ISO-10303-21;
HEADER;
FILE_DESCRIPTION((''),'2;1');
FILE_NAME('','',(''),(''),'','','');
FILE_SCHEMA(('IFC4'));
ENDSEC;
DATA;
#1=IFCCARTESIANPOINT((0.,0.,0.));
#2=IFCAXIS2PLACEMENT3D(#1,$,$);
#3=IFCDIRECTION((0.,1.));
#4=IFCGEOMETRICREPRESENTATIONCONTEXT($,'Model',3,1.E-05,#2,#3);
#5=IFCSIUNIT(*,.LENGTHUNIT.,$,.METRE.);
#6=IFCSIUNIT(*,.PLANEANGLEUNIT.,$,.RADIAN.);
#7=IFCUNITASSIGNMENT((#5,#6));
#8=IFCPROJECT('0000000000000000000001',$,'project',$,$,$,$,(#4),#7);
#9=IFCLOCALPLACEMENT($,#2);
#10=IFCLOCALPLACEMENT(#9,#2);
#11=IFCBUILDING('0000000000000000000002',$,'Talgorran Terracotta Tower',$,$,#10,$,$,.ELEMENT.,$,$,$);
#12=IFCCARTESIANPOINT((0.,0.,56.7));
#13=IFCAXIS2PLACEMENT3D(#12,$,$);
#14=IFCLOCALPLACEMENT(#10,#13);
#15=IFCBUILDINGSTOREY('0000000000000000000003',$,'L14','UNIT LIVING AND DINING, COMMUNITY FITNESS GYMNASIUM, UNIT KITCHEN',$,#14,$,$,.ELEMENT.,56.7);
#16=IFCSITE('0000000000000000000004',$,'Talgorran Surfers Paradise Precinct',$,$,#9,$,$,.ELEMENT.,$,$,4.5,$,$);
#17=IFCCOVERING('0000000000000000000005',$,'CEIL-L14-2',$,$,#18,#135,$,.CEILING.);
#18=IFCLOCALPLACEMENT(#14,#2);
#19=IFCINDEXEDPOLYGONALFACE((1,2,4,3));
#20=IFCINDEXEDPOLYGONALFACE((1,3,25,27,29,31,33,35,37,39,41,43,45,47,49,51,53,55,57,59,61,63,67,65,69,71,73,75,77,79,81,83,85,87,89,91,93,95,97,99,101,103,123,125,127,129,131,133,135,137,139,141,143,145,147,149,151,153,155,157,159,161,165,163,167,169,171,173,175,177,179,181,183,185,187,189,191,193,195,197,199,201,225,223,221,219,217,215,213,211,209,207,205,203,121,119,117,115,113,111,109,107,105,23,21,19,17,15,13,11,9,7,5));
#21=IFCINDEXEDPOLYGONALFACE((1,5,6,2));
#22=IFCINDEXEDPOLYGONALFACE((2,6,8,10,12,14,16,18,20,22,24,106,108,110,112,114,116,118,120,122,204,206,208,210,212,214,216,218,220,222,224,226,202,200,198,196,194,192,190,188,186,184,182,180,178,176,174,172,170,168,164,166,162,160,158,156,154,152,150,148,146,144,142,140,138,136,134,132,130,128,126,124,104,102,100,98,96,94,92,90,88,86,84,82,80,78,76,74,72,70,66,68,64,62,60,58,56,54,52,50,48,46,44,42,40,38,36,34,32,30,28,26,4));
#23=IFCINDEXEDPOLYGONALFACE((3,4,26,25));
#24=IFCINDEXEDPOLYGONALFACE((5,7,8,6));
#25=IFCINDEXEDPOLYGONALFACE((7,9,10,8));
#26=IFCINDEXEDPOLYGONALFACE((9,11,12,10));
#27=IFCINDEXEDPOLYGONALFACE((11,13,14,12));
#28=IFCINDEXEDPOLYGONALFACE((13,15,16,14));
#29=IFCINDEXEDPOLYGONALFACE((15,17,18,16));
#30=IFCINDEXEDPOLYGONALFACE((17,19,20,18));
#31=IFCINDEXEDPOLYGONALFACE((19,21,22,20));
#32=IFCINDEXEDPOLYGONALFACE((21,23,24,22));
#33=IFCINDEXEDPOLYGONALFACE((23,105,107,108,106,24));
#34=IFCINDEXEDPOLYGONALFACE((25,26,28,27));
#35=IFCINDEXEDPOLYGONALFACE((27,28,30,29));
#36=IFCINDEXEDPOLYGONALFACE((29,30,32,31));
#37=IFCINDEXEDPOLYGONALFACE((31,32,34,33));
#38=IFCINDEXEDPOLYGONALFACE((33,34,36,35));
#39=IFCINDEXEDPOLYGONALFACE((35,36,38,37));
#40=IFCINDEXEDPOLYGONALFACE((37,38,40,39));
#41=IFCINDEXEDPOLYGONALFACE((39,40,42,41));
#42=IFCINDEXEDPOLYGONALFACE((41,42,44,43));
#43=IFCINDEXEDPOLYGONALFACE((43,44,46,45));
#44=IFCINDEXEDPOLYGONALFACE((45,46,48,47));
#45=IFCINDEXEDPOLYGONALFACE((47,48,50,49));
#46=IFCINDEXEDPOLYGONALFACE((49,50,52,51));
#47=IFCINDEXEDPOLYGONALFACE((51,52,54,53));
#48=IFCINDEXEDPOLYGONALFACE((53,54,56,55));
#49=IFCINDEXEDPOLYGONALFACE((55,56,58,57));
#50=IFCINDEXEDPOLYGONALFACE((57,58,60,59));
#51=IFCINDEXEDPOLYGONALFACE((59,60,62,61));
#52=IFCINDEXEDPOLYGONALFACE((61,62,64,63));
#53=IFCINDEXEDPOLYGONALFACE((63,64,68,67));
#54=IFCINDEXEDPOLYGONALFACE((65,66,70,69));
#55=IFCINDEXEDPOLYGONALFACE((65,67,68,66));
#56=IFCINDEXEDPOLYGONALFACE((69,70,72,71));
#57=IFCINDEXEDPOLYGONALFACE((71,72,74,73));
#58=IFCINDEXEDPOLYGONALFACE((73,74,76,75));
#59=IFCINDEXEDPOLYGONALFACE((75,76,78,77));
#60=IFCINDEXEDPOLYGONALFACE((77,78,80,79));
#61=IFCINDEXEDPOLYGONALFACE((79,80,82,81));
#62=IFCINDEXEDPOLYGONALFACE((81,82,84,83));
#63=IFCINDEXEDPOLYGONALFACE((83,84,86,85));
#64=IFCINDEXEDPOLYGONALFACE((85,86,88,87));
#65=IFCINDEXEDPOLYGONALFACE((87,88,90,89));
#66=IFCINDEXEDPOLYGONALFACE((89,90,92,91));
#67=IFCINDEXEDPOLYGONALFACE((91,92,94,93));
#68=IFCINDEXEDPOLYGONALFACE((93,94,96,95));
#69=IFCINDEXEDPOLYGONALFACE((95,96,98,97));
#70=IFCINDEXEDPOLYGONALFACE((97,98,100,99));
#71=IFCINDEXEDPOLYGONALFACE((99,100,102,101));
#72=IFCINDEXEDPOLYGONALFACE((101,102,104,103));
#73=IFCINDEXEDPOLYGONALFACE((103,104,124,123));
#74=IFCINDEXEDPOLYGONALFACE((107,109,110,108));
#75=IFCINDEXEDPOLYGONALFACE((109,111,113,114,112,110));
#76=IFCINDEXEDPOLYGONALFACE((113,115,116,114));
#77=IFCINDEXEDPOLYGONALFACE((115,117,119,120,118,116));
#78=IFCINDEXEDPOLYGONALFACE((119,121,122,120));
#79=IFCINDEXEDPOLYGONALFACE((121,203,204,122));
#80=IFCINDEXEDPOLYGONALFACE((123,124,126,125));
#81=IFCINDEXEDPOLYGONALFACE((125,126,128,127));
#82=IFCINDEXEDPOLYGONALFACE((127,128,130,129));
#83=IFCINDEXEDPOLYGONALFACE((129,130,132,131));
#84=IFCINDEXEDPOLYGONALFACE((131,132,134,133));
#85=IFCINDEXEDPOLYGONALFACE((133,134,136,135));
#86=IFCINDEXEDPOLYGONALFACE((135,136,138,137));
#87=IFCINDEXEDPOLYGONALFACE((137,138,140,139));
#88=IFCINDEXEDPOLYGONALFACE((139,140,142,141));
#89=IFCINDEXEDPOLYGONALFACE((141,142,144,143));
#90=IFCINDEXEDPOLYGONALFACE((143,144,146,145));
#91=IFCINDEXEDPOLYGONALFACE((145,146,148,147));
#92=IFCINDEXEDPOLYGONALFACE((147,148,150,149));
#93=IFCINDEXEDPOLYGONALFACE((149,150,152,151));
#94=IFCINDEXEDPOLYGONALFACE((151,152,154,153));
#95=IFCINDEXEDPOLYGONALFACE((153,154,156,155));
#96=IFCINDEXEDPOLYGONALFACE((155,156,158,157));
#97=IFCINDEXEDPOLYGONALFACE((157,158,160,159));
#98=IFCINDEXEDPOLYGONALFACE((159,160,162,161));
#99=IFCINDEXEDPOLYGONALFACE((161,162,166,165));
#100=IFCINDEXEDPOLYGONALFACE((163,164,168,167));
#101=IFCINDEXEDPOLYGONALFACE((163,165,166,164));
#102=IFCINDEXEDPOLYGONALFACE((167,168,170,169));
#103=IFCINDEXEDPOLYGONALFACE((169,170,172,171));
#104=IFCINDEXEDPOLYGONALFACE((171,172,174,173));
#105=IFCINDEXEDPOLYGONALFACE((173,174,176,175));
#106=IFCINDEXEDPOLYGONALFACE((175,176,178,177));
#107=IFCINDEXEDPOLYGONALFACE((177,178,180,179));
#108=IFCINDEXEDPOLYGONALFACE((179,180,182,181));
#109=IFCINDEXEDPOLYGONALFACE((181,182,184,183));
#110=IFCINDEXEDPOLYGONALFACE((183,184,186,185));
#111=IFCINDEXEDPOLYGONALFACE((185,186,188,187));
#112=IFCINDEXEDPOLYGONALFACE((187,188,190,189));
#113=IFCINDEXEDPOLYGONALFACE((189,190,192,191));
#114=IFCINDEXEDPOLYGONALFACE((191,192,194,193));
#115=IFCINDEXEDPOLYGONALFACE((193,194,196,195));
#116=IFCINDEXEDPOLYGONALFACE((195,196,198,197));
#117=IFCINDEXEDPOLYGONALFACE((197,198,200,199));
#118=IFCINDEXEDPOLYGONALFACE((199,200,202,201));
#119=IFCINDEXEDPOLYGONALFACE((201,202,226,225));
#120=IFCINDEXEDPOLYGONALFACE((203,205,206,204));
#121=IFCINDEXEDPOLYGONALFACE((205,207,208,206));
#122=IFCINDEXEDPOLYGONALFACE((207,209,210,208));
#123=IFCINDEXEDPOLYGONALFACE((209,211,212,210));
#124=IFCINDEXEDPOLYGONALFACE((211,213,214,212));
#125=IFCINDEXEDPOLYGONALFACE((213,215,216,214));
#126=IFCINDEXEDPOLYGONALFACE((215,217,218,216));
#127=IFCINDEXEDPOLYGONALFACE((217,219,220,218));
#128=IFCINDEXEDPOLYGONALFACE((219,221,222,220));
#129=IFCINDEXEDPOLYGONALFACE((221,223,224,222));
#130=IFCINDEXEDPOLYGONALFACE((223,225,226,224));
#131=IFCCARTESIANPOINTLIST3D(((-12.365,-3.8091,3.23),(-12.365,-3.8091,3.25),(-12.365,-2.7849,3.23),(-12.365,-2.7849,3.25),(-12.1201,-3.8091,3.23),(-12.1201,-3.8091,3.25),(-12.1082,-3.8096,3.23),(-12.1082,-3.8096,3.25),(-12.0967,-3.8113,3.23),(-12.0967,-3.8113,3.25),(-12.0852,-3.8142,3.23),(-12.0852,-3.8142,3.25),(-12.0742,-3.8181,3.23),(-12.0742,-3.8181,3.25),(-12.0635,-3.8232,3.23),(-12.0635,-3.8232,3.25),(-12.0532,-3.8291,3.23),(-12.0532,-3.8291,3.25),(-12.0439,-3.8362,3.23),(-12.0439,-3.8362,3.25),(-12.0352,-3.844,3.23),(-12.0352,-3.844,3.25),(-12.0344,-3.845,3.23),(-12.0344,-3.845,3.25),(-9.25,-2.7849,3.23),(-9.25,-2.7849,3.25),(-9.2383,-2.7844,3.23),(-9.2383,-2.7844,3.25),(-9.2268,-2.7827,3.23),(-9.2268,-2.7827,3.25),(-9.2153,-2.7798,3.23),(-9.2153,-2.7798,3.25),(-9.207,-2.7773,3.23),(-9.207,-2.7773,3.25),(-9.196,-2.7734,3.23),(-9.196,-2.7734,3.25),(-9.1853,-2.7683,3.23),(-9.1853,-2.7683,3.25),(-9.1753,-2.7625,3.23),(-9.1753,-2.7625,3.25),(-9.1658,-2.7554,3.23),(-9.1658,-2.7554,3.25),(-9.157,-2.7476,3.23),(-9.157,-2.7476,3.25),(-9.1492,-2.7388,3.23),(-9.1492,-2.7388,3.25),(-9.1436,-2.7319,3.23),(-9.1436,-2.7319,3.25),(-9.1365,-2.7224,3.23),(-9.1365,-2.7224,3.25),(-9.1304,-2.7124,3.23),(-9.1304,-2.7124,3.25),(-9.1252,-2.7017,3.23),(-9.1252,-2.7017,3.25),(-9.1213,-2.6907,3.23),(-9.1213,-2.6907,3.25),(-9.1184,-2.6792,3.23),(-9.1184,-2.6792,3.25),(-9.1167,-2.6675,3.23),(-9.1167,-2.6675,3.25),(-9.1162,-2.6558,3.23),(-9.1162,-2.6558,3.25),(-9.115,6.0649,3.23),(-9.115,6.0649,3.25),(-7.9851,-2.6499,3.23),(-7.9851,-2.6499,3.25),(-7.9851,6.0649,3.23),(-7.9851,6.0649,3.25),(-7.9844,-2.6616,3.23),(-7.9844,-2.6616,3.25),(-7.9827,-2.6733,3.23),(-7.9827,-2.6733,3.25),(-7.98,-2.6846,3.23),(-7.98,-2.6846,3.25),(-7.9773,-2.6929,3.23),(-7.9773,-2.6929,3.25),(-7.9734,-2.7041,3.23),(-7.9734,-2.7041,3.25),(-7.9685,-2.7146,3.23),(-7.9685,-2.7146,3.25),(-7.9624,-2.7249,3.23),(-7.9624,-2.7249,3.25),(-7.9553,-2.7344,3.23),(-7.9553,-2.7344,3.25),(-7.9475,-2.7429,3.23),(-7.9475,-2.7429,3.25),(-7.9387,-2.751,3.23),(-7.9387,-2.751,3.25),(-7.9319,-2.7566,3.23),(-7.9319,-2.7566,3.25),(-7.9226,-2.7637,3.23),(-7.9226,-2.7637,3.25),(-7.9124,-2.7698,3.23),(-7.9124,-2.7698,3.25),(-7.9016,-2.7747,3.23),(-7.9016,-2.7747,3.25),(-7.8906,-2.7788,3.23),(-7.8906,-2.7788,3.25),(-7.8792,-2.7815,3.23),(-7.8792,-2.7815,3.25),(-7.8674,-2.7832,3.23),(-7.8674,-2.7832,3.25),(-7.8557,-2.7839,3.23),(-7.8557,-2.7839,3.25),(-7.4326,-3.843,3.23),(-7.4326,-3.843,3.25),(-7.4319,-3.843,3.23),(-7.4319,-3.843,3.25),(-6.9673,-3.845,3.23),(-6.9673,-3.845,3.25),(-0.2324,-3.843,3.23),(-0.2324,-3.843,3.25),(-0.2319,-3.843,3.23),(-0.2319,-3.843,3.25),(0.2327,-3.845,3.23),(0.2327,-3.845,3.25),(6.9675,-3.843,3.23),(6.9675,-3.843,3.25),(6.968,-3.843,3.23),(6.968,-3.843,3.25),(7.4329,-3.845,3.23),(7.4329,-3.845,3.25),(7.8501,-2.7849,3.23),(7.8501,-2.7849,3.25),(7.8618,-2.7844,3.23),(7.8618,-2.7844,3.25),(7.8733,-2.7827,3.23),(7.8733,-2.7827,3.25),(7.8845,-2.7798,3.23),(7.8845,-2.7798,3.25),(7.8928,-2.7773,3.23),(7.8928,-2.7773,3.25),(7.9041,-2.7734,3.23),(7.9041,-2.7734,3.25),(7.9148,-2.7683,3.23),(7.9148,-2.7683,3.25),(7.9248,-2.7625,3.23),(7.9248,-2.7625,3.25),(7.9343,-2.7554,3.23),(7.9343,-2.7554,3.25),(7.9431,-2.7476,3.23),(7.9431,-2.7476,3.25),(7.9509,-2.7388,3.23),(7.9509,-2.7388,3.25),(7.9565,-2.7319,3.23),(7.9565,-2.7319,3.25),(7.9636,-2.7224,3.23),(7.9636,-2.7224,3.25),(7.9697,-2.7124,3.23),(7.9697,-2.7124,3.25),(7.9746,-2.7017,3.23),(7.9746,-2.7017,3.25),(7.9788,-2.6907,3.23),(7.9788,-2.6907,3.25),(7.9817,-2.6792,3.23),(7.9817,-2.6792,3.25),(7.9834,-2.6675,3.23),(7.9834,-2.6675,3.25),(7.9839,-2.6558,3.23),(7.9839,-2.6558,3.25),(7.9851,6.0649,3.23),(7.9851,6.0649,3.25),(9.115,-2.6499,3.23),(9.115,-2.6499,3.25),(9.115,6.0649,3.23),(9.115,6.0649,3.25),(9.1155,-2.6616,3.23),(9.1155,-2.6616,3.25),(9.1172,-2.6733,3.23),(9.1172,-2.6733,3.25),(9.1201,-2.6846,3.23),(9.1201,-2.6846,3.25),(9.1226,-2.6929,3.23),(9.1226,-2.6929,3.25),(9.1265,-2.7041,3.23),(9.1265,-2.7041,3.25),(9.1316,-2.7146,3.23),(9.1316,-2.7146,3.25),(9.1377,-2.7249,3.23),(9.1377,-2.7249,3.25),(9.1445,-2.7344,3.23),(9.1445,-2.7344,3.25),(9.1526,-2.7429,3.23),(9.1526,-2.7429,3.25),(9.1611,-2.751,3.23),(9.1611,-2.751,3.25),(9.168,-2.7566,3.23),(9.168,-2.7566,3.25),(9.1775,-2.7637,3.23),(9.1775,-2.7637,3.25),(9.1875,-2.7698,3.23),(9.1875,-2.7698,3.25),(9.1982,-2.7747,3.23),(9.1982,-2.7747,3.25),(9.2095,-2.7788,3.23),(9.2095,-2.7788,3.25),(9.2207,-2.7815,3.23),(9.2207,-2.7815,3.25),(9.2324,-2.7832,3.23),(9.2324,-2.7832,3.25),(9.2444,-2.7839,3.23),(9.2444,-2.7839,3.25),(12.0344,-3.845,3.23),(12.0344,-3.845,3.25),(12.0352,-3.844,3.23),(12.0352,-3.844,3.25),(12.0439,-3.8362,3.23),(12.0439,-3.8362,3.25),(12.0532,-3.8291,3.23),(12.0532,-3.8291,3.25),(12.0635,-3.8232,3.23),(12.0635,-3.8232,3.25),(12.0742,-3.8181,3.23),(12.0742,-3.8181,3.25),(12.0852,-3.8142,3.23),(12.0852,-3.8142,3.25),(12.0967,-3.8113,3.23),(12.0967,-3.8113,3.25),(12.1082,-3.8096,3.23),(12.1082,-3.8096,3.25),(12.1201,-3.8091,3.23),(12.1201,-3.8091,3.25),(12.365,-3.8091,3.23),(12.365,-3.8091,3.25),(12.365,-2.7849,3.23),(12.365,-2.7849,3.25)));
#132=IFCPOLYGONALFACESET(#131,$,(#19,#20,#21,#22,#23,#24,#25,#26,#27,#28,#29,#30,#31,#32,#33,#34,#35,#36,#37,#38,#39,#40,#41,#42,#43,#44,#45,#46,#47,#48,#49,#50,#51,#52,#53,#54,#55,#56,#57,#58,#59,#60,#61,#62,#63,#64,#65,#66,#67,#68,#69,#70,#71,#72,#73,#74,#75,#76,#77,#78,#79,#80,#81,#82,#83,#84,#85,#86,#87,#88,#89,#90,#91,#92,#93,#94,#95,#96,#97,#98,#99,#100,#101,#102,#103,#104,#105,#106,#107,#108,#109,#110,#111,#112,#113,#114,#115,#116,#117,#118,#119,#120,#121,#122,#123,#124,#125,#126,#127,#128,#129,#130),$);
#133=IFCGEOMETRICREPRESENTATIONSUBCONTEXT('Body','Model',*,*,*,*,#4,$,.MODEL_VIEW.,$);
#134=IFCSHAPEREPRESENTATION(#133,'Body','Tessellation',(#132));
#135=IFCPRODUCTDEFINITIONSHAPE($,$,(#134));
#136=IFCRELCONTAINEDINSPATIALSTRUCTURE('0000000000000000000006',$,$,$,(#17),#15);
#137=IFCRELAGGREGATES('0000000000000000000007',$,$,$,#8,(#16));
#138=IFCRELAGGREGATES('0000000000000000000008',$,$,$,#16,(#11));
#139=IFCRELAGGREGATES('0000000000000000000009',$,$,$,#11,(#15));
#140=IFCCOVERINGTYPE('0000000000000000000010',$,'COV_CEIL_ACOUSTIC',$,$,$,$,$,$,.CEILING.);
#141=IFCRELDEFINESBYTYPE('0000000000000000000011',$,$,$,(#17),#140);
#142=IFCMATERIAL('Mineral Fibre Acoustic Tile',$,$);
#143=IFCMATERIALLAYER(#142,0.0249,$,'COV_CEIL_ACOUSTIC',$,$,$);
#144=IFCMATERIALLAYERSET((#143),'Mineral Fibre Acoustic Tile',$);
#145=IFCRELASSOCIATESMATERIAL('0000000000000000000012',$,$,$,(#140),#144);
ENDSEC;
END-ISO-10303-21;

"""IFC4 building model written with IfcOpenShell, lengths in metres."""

from ifc_helpers import new_model, si_unit, direction, frame, origin, place, context, subcontext, project, spatial, polyline, outline, extrude, material, layer, layer_set, type_object, element, save


model = new_model("IFC4")

# Units and contexts
model_context = context("Model", 3, precision=1e-05, world=origin(), true_north=direction((0.0, 1.0)))
body_context = subcontext(model_context, "Body", "Model", "MODEL_VIEW")
ifc_project = project(units=[si_unit("LENGTHUNIT", "METRE"), si_unit("PLANEANGLEUNIT", "RADIAN")], contexts=[model_context])

# Site, building, storey
site_placement = place(None, origin())
site = spatial("IfcSite", under=ifc_project, at=site_placement, Name="Talgorran Surfers Paradise Precinct", CompositionType="ELEMENT", RefElevation=4.5)
building_placement = place(site_placement, origin())
building = spatial("IfcBuilding", under=site, at=building_placement, Name="Talgorran Terracotta Tower", CompositionType="ELEMENT")
storey_placement = place(building_placement, frame((0.0, 0.0, 56.7)))
storey = spatial("IfcBuildingStorey", under=building, at=storey_placement, Name="L14", Description="UNIT LIVING AND DINING, COMMUNITY FITNESS GYMNASIUM, UNIT KITCHEN", CompositionType="ELEMENT", Elevation=56.7)

# Covering
ifc_material_1 = material(Name="Mineral Fibre Acoustic Tile")
ifc_layer_1 = layer(ifc_material_1, 0.0249, Name="COV_CEIL_ACOUSTIC")
ifc_layer_set_1 = layer_set([ifc_layer_1], Name="Mineral Fibre Acoustic Tile")
covering_type_1 = type_object("IfcCoveringType", Name="COV_CEIL_ACOUSTIC", PredefinedType="CEILING", material=ifc_layer_set_1)
covering_1_placement = place(storey_placement, frame((0.0, 0.0, 3.23)))
element("IfcCovering", 1, at=covering_1_placement, inside=storey, type_object=covering_type_1, Name="CEIL-L14-2", PredefinedType="CEILING", context=body_context, shape_type="SweptSolid", body=[
    extrude(outline(polyline([(-12.365, -2.7849), (-9.25, -2.7849), (-9.2383, -2.7844), (-9.2268, -2.7827), (-9.2153, -2.7798), (-9.207, -2.7773), (-9.196, -2.7734), (-9.1853, -2.7683), (-9.1753, -2.7625), (-9.1658, -2.7554), (-9.157, -2.7476), (-9.1492, -2.7388), (-9.1436, -2.7319), (-9.1365, -2.7224), (-9.1304, -2.7124), (-9.1252, -2.7017), (-9.1213, -2.6907), (-9.1184, -2.6792), (-9.1167, -2.6675), (-9.1162, -2.6558), (-9.115, 6.0649), (-7.9851, 6.0649), (-7.9851, -2.6499), (-7.9844, -2.6616), (-7.9827, -2.6733), (-7.98, -2.6846), (-7.9773, -2.6929), (-7.9734, -2.7041), (-7.9685, -2.7146), (-7.9624, -2.7249), (-7.9553, -2.7344), (-7.9475, -2.7429), (-7.9387, -2.751), (-7.9319, -2.7566), (-7.9226, -2.7637), (-7.9124, -2.7698), (-7.9016, -2.7747), (-7.8906, -2.7788), (-7.8792, -2.7815), (-7.8674, -2.7832), (-7.8557, -2.7839), (7.8501, -2.7849), (7.8618, -2.7844), (7.8733, -2.7827), (7.8845, -2.7798), (7.8928, -2.7773), (7.9041, -2.7734), (7.9148, -2.7683), (7.9248, -2.7625), (7.9343, -2.7554), (7.9431, -2.7476), (7.9509, -2.7388), (7.9565, -2.7319), (7.9636, -2.7224), (7.9697, -2.7124), (7.9746, -2.7017), (7.9788, -2.6907), (7.9817, -2.6792), (7.9834, -2.6675), (7.9839, -2.6558), (7.9851, 6.0649), (9.115, 6.0649), (9.115, -2.6499), (9.1155, -2.6616), (9.1172, -2.6733), (9.1201, -2.6846), (9.1226, -2.6929), (9.1265, -2.7041), (9.1316, -2.7146), (9.1377, -2.7249), (9.1445, -2.7344), (9.1526, -2.7429), (9.1611, -2.751), (9.168, -2.7566), (9.1775, -2.7637), (9.1875, -2.7698), (9.1982, -2.7747), (9.2095, -2.7788), (9.2207, -2.7815), (9.2324, -2.7832), (9.2444, -2.7839), (12.365, -2.7849), (12.365, -3.8091), (12.1201, -3.8091), (12.1082, -3.8096), (12.0967, -3.8113), (12.0852, -3.8142), (12.0742, -3.8181), (12.0635, -3.8232), (12.0532, -3.8291), (12.0439, -3.8362), (12.0352, -3.844), (12.0344, -3.845), (7.4329, -3.845), (6.968, -3.843), (6.9675, -3.843), (0.2327, -3.845), (-0.2319, -3.843), (-0.2324, -3.843), (-6.9673, -3.845), (-7.4319, -3.843), (-7.4326, -3.843), (-12.0344, -3.845), (-12.0352, -3.844), (-12.0439, -3.8362), (-12.0532, -3.8291), (-12.0635, -3.8232), (-12.0742, -3.8181), (-12.0852, -3.8142), (-12.0967, -3.8113), (-12.1082, -3.8096), (-12.1201, -3.8091), (-12.365, -3.8091), (-12.365, -2.7849)])), origin(), (0.0, 0.0, 1.0), 0.02),
])

save(model, "model.ifc")
